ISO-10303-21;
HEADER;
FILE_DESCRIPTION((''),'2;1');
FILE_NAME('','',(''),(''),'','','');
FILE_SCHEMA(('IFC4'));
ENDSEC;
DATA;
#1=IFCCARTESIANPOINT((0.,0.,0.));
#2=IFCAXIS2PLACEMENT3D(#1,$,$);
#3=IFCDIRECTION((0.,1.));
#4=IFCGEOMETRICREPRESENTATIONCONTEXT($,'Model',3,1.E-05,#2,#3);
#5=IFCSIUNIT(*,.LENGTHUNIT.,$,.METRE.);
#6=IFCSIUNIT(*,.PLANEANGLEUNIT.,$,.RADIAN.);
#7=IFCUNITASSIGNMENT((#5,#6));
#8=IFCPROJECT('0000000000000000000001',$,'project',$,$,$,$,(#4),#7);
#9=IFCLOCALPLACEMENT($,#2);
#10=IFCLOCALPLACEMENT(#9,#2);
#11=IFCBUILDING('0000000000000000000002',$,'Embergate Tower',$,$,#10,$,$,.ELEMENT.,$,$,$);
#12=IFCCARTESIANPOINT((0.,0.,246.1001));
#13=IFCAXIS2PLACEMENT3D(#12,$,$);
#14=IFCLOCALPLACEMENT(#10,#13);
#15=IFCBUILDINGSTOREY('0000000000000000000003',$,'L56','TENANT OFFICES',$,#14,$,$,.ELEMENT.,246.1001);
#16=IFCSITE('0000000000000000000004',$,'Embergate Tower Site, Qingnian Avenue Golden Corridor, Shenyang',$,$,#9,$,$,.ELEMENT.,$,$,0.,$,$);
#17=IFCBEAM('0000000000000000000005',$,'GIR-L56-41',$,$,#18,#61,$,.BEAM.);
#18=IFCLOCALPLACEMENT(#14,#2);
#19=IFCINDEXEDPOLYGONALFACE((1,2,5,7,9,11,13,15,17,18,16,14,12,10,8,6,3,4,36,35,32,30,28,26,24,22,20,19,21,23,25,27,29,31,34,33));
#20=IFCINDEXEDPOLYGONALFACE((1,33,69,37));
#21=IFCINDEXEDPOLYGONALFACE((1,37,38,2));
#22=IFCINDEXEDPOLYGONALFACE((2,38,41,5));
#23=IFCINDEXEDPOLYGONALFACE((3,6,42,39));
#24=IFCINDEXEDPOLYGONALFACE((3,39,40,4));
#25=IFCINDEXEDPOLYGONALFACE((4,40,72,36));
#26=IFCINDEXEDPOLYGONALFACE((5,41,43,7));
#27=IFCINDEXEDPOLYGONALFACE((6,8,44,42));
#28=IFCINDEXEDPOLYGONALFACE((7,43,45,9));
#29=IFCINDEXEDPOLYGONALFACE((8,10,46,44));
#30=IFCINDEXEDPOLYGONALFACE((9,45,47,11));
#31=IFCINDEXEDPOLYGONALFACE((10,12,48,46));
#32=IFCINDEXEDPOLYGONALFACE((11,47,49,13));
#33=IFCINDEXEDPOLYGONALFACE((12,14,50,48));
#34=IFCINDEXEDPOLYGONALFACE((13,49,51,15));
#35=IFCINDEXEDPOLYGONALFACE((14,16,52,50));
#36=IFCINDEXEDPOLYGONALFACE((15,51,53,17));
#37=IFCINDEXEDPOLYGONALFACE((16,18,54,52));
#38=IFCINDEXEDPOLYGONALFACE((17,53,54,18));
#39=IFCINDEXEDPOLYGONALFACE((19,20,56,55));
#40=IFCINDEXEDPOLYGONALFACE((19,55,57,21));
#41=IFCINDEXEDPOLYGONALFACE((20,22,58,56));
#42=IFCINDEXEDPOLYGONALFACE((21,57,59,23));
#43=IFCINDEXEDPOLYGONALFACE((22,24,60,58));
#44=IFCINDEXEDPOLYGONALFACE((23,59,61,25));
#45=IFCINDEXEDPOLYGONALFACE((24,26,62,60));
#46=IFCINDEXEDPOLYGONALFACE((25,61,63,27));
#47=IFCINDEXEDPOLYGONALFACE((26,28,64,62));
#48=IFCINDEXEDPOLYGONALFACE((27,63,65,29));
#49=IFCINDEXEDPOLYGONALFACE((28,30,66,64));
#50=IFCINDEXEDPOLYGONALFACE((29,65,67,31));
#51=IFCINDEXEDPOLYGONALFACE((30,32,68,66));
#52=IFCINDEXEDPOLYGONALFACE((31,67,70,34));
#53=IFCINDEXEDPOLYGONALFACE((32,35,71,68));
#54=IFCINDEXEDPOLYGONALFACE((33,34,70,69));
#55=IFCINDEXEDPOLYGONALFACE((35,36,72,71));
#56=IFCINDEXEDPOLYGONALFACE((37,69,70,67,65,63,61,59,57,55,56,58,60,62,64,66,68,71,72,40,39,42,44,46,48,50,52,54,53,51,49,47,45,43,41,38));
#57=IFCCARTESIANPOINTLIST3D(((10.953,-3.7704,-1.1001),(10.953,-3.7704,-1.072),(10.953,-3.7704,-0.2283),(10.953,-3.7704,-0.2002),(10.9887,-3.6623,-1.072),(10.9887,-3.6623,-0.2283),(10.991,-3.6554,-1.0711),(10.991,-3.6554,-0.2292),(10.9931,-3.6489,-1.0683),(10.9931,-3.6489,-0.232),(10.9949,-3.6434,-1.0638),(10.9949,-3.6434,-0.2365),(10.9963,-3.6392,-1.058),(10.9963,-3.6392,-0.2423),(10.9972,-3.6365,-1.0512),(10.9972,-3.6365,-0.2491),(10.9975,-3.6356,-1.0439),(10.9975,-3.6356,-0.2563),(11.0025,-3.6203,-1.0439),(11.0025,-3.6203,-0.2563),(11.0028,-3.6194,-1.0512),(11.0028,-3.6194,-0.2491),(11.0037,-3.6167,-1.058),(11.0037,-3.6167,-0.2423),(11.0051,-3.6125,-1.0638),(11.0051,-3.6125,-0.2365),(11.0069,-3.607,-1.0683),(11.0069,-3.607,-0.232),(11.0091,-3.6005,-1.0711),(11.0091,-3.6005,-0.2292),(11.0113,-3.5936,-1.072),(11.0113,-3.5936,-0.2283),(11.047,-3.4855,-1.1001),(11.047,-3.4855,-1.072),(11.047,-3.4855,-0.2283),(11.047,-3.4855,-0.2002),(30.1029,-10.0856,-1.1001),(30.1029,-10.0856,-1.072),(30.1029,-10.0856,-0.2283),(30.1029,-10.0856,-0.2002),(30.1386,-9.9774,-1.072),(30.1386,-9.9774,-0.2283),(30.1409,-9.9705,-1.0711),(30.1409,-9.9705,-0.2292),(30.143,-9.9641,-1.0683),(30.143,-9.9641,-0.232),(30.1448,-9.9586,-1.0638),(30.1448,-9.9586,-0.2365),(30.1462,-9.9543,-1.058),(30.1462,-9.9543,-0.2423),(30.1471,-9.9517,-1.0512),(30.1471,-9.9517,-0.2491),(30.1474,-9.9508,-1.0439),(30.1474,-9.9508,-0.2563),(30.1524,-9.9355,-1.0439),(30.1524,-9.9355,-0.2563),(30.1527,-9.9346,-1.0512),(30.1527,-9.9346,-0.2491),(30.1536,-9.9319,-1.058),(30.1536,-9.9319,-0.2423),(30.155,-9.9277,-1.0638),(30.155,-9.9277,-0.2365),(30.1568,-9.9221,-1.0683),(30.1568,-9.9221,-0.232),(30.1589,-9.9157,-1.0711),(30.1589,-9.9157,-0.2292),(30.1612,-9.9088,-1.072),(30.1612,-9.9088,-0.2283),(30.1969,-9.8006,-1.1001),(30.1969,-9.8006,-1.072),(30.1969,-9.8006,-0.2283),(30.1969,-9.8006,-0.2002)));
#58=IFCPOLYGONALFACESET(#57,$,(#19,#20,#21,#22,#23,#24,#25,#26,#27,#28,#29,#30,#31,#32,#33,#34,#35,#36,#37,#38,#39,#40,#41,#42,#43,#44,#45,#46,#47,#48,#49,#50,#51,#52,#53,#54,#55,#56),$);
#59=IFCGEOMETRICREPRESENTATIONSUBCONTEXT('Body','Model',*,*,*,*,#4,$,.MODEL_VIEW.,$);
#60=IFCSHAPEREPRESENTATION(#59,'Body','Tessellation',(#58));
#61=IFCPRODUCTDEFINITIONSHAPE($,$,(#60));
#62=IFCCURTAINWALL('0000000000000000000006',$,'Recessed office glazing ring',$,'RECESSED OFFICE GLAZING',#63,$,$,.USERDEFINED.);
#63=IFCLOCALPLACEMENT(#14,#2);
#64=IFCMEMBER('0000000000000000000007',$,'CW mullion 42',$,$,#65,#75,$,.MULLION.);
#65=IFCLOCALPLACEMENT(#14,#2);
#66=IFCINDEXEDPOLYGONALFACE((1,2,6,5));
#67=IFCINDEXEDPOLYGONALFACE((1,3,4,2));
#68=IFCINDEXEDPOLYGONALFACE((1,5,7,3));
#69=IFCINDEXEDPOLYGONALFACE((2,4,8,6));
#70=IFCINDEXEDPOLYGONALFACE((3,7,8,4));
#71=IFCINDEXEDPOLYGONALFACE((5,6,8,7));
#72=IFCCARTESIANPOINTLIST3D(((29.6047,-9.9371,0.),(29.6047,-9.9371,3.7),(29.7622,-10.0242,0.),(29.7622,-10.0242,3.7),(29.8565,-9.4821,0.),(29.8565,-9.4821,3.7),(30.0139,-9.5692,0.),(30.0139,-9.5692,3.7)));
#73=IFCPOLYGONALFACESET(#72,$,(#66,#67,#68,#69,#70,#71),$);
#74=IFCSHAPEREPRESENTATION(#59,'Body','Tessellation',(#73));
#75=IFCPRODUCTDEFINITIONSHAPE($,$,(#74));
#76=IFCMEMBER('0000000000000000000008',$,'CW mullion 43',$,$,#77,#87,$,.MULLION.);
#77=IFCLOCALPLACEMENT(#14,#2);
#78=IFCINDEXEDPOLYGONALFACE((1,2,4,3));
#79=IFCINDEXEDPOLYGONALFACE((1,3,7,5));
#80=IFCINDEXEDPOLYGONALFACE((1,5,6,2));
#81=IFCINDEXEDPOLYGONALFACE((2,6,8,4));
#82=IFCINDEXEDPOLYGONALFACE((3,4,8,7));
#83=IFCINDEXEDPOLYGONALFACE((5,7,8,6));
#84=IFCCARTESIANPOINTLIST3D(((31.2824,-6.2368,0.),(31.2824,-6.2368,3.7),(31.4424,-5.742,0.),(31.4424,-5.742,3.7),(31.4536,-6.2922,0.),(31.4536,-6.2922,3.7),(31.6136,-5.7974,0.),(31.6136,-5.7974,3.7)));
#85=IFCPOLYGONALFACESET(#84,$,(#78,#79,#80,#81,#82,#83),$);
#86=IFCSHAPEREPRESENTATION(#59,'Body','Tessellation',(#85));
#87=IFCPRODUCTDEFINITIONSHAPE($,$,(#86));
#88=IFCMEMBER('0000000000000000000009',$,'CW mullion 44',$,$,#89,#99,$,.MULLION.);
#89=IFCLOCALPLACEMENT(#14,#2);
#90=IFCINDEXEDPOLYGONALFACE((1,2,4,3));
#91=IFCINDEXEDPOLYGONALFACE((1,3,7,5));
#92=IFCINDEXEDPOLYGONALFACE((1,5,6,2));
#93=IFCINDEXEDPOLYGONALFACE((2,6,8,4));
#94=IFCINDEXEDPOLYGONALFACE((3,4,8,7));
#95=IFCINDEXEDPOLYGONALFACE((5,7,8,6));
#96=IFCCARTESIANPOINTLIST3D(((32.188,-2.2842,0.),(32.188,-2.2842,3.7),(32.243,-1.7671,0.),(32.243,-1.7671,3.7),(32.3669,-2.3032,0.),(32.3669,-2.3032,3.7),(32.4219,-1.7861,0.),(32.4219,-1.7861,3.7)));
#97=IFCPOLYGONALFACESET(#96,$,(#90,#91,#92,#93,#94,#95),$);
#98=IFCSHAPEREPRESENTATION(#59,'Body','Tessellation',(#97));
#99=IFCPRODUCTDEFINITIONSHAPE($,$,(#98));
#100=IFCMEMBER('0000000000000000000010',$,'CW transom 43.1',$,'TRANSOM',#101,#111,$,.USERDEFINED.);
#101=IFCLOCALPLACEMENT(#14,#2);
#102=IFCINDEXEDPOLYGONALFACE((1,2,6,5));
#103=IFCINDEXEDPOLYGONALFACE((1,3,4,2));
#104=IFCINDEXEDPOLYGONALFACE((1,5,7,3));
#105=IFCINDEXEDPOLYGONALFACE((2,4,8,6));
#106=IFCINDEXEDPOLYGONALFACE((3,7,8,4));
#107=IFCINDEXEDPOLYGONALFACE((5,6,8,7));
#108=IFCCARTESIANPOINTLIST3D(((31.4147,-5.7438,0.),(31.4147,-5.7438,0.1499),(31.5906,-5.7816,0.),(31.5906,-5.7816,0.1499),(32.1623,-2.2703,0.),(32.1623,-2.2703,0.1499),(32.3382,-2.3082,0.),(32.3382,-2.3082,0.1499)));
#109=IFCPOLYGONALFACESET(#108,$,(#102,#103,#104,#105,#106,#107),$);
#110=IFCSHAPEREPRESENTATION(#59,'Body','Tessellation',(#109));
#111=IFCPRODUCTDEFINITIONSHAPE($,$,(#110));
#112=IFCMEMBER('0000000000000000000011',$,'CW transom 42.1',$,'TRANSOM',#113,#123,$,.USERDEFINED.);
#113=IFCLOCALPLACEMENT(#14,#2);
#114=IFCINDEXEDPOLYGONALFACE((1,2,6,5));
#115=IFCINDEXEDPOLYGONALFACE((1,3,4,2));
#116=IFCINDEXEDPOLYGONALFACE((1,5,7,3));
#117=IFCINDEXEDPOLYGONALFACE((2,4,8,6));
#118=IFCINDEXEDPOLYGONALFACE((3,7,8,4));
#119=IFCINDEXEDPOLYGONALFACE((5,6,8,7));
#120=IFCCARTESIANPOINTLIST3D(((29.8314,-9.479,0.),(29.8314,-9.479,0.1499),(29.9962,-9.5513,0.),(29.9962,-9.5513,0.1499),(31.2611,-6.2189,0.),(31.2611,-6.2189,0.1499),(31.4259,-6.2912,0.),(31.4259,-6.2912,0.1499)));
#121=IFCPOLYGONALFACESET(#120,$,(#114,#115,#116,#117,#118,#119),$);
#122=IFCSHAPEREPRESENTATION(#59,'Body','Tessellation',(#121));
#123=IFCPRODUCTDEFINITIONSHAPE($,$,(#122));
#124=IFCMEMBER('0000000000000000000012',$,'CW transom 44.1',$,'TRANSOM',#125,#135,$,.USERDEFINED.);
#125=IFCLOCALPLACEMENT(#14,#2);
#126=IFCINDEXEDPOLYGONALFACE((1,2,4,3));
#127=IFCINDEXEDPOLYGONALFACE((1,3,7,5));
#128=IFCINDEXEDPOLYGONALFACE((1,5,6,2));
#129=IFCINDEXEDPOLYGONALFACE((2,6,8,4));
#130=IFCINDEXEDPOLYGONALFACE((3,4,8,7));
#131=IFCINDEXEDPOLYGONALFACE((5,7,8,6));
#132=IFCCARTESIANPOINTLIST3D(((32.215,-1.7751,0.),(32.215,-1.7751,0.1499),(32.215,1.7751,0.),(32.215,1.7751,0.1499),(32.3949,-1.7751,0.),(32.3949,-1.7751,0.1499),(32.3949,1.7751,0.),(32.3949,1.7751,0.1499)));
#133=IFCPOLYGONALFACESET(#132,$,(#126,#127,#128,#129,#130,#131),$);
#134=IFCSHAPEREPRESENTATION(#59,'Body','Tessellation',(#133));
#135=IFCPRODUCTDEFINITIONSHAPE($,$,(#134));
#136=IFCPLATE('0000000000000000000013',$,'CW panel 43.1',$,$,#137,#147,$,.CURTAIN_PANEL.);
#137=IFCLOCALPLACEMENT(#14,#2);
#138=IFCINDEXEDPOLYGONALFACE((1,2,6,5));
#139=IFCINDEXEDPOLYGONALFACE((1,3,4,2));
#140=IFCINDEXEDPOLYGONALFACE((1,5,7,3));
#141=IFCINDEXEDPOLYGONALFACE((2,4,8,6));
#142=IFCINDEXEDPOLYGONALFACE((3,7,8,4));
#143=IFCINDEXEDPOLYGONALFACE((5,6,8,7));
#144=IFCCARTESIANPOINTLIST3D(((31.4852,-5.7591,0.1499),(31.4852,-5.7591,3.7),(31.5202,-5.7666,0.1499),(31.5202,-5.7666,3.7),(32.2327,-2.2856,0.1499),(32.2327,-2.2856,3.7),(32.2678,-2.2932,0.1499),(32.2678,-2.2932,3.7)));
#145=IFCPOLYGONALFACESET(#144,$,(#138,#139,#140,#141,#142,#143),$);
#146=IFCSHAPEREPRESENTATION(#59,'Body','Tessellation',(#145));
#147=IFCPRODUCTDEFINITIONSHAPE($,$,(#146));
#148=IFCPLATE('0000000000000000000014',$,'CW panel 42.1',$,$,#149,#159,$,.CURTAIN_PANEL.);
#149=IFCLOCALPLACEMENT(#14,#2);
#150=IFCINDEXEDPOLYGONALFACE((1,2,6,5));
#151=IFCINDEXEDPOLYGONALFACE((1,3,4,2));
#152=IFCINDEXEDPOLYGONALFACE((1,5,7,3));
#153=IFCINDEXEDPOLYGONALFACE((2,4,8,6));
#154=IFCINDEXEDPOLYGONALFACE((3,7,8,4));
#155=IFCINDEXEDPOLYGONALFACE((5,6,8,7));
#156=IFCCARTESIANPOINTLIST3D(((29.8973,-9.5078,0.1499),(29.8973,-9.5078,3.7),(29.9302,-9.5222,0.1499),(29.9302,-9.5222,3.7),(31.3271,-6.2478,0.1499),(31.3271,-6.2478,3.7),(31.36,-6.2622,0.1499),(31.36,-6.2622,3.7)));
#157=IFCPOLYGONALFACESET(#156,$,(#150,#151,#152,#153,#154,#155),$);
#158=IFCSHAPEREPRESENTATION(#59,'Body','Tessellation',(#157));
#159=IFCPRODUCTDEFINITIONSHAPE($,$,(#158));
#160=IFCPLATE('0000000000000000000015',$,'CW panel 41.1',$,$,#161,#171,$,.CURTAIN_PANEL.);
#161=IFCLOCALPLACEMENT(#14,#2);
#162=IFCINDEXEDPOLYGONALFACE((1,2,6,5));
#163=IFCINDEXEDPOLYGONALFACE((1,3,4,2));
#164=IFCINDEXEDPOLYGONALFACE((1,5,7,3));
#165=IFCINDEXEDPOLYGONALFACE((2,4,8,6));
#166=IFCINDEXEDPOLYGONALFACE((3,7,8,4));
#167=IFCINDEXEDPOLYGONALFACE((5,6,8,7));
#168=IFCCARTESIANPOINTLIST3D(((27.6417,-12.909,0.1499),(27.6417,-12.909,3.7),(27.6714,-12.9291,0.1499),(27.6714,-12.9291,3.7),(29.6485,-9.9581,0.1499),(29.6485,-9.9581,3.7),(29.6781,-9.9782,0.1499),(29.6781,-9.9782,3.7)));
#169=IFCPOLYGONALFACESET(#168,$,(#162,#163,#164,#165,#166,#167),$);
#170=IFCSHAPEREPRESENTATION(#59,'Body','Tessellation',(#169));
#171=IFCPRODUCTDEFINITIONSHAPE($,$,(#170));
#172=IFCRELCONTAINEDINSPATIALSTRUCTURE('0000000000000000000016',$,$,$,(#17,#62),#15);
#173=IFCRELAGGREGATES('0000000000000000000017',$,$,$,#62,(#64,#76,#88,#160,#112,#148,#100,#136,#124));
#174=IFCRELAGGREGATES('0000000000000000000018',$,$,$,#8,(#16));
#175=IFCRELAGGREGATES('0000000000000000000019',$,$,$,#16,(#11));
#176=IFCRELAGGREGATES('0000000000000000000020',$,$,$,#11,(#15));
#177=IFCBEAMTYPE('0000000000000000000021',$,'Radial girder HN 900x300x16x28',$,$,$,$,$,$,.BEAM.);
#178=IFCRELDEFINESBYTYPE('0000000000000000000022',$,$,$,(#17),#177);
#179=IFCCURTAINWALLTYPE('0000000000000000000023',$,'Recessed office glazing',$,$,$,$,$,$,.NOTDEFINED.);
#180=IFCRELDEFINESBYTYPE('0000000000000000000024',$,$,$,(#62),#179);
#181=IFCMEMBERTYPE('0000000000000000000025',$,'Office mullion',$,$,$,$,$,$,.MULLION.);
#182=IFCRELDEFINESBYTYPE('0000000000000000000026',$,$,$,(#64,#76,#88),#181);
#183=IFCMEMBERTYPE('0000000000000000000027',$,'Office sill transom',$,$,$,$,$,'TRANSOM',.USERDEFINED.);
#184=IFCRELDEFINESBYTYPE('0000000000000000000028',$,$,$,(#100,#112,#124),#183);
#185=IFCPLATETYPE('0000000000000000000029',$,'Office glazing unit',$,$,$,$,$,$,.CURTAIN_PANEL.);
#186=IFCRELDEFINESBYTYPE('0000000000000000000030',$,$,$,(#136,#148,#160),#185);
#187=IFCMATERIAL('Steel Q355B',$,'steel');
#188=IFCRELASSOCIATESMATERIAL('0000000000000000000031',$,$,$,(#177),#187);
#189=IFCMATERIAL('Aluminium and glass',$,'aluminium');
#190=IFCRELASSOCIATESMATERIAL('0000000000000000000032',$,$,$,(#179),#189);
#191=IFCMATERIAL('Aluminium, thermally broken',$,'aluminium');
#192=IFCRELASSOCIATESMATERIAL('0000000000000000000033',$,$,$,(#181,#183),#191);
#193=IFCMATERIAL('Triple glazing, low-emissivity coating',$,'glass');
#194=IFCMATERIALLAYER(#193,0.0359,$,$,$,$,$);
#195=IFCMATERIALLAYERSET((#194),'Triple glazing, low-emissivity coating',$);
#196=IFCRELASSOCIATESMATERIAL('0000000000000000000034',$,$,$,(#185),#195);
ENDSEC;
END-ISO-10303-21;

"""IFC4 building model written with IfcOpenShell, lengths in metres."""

from ifc_helpers import new_model, si_unit, direction, frame, origin, origin_2d, place, context, subcontext, project, spatial, rectangle, i_section, extrude, source, transform, mapped, material, layer, layer_set, material_profile, profile_set, type_object, element, aggregate, save


model = new_model("IFC4")

# Units and contexts
model_context = context("Model", 3, precision=1e-05, world=origin(), true_north=direction((0.0, 1.0)))
body_context = subcontext(model_context, "Body", "Model", "MODEL_VIEW")
ifc_project = project(units=[si_unit("LENGTHUNIT", "METRE"), si_unit("PLANEANGLEUNIT", "RADIAN")], contexts=[model_context])

# Site, building, storey
site_placement = place(None, origin())
site = spatial("IfcSite", under=ifc_project, at=site_placement, Name="Embergate Tower Site, Qingnian Avenue Golden Corridor, Shenyang", CompositionType="ELEMENT", RefElevation=0.0)
building_placement = place(site_placement, origin())
building = spatial("IfcBuilding", under=site, at=building_placement, Name="Embergate Tower", CompositionType="ELEMENT")
storey_placement = place(building_placement, frame((0.0, 0.0, 246.1001)))
storey = spatial("IfcBuildingStorey", under=building, at=storey_placement, Name="L56", Description="TENANT OFFICES", CompositionType="ELEMENT", Elevation=246.1001)

# Beam
ifc_material_1 = material(Name="Steel Q355B", Category="steel")
ifc_material_profile_1 = material_profile(ifc_material_1, i_section(OverallWidth=0.3, OverallDepth=0.8999, WebThickness=0.0161, FlangeThickness=0.0281, FilletRadius=0.0281, at=origin_2d()), Name="HN 900x300x16x28")
ifc_profile_set_1 = profile_set([ifc_material_profile_1], Name="Steel Q355 grade B")
beam_type_1 = type_object("IfcBeamType", Name="Radial girder HN 900x300x16x28", PredefinedType="BEAM", material=ifc_profile_set_1)
shared_shape_1 = source(origin(), body_context, "Body", "SweptSolid", [
    extrude(i_section(OverallWidth=0.3, OverallDepth=0.8999, WebThickness=0.0161, FlangeThickness=0.0281, FilletRadius=0.0281, at=origin_2d()), origin(), (0.0, 0.0, 1.0), 20.1643),
])
beam_1_placement = place(storey_placement, frame((30.1499, -9.9431, -0.6501), z_axis=(-0.949692, 0.313186, 0.0), x_axis=(-0.313186, -0.949692, 0.0)))
element("IfcBeam", 1, at=beam_1_placement, inside=storey, type_object=beam_type_1, Name="GIR-L56-41", PredefinedType="BEAM", context=body_context, shape_type="MappedRepresentation", body=[
    mapped(shared_shape_1, transform((0.0, 0.0, 0.0))),
])

# Curtain wall, members, plates
ifc_material_2 = material(Name="Aluminium and glass", Category="aluminium")
curtain_wall_type = type_object("IfcCurtainWallType", Name="Recessed office glazing", PredefinedType="NOTDEFINED", material=ifc_material_2)
curtain_wall_placement = place(storey_placement, origin())
curtain_wall = element("IfcCurtainWall", 2, at=curtain_wall_placement, inside=storey, type_object=curtain_wall_type, Name="Recessed office glazing ring", ObjectType="RECESSED OFFICE GLAZING", PredefinedType="USERDEFINED")
ifc_material_3 = material(Name="Aluminium, thermally broken", Category="aluminium")
ifc_material_profile_2 = material_profile(ifc_material_3, rectangle(XDim=0.1799, YDim=0.52, at=origin_2d()), Name="AL 520x180")
ifc_profile_set_2 = profile_set([ifc_material_profile_2], Name="Aluminium, thermally broken")
member_type_1 = type_object("IfcMemberType", Name="Office mullion", PredefinedType="MULLION", material=ifc_profile_set_2)
shared_shape_2 = source(origin(), body_context, "Body", "SweptSolid", [
    extrude(rectangle(XDim=0.1799, YDim=0.52, at=origin_2d()), origin(), (0.0, 0.0, 1.0), 3.7),
])
member_1_placement = place(storey_placement, frame((29.8093, -9.7532, 0.0), z_axis=(0.0, 0.0, 1.0), x_axis=(-0.874998, 0.484127, 0.0)))
member_1 = element("IfcMember", 3, at=member_1_placement, type_object=member_type_1, Name="CW mullion 42", PredefinedType="MULLION", context=body_context, shape_type="MappedRepresentation", body=[
    mapped(shared_shape_2, transform((0.0, 0.0, 0.0))),
])
member_2_placement = place(storey_placement, frame((31.448, -6.0171, 0.0), z_axis=(0.0, 0.0, 1.0), x_axis=(-0.951496, 0.307662, 0.0)))
member_2 = element("IfcMember", 4, at=member_2_placement, type_object=member_type_1, Name="CW mullion 43", PredefinedType="MULLION", context=body_context, shape_type="MappedRepresentation", body=[
    mapped(shared_shape_2, transform((0.0, 0.0, 0.0))),
])
member_3_placement = place(storey_placement, frame((32.3049, -2.0352, 0.0), z_axis=(0.0, 0.0, 1.0), x_axis=(-0.994385, 0.105827, 0.0)))
member_3 = element("IfcMember", 5, at=member_3_placement, type_object=member_type_1, Name="CW mullion 44", PredefinedType="MULLION", context=body_context, shape_type="MappedRepresentation", body=[
    mapped(shared_shape_2, transform((0.0, 0.0, 0.0))),
])
ifc_material_profile_3 = material_profile(ifc_material_3, rectangle(XDim=0.1799, YDim=0.1499, at=origin_2d()), Name="AL 150x180")
ifc_profile_set_3 = profile_set([ifc_material_profile_3], Name="Aluminium, thermally broken")
member_type_2 = type_object("IfcMemberType", Name="Office sill transom", ElementType="TRANSOM", PredefinedType="USERDEFINED", material=ifc_profile_set_3)
shared_shape_3 = source(origin(), body_context, "Body", "SweptSolid", [
    extrude(rectangle(XDim=0.1799, YDim=0.1499, at=origin_2d()), origin(), (0.0, 0.0, 1.0), 3.553),
])
member_4_placement = place(storey_placement, frame((31.5027, -5.7627, 0.075), z_axis=(0.210407, 0.977614, 0.0), x_axis=(-0.977614, 0.210407, 0.0)))
member_4 = element("IfcMember", 6, at=member_4_placement, type_object=member_type_2, Name="CW transom 43.1", ObjectType="TRANSOM", PredefinedType="USERDEFINED", context=body_context, shape_type="MappedRepresentation", body=[
    mapped(shared_shape_3, transform((0.0, 0.0, 0.0))),
])
shared_shape_4 = source(origin(), body_context, "Body", "SweptSolid", [
    extrude(rectangle(XDim=0.1799, YDim=0.1499, at=origin_2d()), origin(), (0.0, 0.0, 1.0), 3.5598),
])
member_5_placement = place(storey_placement, frame((29.9138, -9.5151, 0.075), z_axis=(0.401628, 0.915803, 0.0), x_axis=(-0.915803, 0.401628, 0.0)))
member_5 = element("IfcMember", 7, at=member_5_placement, type_object=member_type_2, Name="CW transom 42.1", ObjectType="TRANSOM", PredefinedType="USERDEFINED", context=body_context, shape_type="MappedRepresentation", body=[
    mapped(shared_shape_4, transform((0.0, 0.0, 0.0))),
])
shared_shape_5 = source(origin(), body_context, "Body", "SweptSolid", [
    extrude(rectangle(XDim=0.1799, YDim=0.1499, at=origin_2d()), origin(), (0.0, 0.0, 1.0), 3.5503),
])
member_6_placement = place(storey_placement, frame((32.3049, -1.7751, 0.075), z_axis=(0.0, 1.0, 0.0), x_axis=(-1.0, 0.0, 0.0)))
member_6 = element("IfcMember", 8, at=member_6_placement, type_object=member_type_2, Name="CW transom 44.1", ObjectType="TRANSOM", PredefinedType="USERDEFINED", context=body_context, shape_type="MappedRepresentation", body=[
    mapped(shared_shape_5, transform((0.0, 0.0, 0.0))),
])
ifc_material_4 = material(Name="Triple glazing, low-emissivity coating", Category="glass")
ifc_layer_1 = layer(ifc_material_4, 0.0359)
ifc_layer_set_1 = layer_set([ifc_layer_1], Name="Triple glazing, low-emissivity coating")
plate_type = type_object("IfcPlateType", Name="Office glazing unit", PredefinedType="CURTAIN_PANEL", material=ifc_layer_set_1)
shared_shape_6 = source(origin(), body_context, "Body", "SweptSolid", [
    extrude(rectangle(XDim=3.553, YDim=0.0359, at=origin_2d()), origin(), (0.0, 0.0, 1.0), 3.55),
])
plate_1_placement = place(storey_placement, frame((31.8765, -4.0261, 0.1499), z_axis=(0.0, 0.0, 1.0), x_axis=(0.210398, 0.977616, 0.0)))
plate_1 = element("IfcPlate", 9, at=plate_1_placement, type_object=plate_type, Name="CW panel 43.1", PredefinedType="CURTAIN_PANEL", context=body_context, shape_type="MappedRepresentation", body=[
    mapped(shared_shape_6, transform((0.0, 0.0, 0.0))),
])
shared_shape_7 = source(origin(), body_context, "Body", "SweptSolid", [
    extrude(rectangle(XDim=3.5598, YDim=0.0359, at=origin_2d()), origin(), (0.0, 0.0, 1.0), 3.55),
])
plate_2_placement = place(storey_placement, frame((30.6287, -7.885, 0.1499), z_axis=(0.0, 0.0, 1.0), x_axis=(0.401652, 0.915792, 0.0)))
plate_2 = element("IfcPlate", 10, at=plate_2_placement, type_object=plate_type, Name="CW panel 42.1", PredefinedType="CURTAIN_PANEL", context=body_context, shape_type="MappedRepresentation", body=[
    mapped(shared_shape_7, transform((0.0, 0.0, 0.0))),
])
shared_shape_8 = source(origin(), body_context, "Body", "SweptSolid", [
    extrude(rectangle(XDim=3.5686, YDim=0.0359, at=origin_2d()), origin(), (0.0, 0.0, 1.0), 3.55),
])
plate_3_placement = place(storey_placement, frame((28.6599, -11.4436, 0.1499), z_axis=(0.0, 0.0, 1.0), x_axis=(0.562342, 0.826905, 0.0)))
plate_3 = element("IfcPlate", 11, at=plate_3_placement, type_object=plate_type, Name="CW panel 41.1", PredefinedType="CURTAIN_PANEL", context=body_context, shape_type="MappedRepresentation", body=[
    mapped(shared_shape_8, transform((0.0, 0.0, 0.0))),
])
aggregate(curtain_wall, [member_1, member_2, member_3, plate_3, member_5, plate_2, member_4, plate_1, member_6])

save(model, "model.ifc")
